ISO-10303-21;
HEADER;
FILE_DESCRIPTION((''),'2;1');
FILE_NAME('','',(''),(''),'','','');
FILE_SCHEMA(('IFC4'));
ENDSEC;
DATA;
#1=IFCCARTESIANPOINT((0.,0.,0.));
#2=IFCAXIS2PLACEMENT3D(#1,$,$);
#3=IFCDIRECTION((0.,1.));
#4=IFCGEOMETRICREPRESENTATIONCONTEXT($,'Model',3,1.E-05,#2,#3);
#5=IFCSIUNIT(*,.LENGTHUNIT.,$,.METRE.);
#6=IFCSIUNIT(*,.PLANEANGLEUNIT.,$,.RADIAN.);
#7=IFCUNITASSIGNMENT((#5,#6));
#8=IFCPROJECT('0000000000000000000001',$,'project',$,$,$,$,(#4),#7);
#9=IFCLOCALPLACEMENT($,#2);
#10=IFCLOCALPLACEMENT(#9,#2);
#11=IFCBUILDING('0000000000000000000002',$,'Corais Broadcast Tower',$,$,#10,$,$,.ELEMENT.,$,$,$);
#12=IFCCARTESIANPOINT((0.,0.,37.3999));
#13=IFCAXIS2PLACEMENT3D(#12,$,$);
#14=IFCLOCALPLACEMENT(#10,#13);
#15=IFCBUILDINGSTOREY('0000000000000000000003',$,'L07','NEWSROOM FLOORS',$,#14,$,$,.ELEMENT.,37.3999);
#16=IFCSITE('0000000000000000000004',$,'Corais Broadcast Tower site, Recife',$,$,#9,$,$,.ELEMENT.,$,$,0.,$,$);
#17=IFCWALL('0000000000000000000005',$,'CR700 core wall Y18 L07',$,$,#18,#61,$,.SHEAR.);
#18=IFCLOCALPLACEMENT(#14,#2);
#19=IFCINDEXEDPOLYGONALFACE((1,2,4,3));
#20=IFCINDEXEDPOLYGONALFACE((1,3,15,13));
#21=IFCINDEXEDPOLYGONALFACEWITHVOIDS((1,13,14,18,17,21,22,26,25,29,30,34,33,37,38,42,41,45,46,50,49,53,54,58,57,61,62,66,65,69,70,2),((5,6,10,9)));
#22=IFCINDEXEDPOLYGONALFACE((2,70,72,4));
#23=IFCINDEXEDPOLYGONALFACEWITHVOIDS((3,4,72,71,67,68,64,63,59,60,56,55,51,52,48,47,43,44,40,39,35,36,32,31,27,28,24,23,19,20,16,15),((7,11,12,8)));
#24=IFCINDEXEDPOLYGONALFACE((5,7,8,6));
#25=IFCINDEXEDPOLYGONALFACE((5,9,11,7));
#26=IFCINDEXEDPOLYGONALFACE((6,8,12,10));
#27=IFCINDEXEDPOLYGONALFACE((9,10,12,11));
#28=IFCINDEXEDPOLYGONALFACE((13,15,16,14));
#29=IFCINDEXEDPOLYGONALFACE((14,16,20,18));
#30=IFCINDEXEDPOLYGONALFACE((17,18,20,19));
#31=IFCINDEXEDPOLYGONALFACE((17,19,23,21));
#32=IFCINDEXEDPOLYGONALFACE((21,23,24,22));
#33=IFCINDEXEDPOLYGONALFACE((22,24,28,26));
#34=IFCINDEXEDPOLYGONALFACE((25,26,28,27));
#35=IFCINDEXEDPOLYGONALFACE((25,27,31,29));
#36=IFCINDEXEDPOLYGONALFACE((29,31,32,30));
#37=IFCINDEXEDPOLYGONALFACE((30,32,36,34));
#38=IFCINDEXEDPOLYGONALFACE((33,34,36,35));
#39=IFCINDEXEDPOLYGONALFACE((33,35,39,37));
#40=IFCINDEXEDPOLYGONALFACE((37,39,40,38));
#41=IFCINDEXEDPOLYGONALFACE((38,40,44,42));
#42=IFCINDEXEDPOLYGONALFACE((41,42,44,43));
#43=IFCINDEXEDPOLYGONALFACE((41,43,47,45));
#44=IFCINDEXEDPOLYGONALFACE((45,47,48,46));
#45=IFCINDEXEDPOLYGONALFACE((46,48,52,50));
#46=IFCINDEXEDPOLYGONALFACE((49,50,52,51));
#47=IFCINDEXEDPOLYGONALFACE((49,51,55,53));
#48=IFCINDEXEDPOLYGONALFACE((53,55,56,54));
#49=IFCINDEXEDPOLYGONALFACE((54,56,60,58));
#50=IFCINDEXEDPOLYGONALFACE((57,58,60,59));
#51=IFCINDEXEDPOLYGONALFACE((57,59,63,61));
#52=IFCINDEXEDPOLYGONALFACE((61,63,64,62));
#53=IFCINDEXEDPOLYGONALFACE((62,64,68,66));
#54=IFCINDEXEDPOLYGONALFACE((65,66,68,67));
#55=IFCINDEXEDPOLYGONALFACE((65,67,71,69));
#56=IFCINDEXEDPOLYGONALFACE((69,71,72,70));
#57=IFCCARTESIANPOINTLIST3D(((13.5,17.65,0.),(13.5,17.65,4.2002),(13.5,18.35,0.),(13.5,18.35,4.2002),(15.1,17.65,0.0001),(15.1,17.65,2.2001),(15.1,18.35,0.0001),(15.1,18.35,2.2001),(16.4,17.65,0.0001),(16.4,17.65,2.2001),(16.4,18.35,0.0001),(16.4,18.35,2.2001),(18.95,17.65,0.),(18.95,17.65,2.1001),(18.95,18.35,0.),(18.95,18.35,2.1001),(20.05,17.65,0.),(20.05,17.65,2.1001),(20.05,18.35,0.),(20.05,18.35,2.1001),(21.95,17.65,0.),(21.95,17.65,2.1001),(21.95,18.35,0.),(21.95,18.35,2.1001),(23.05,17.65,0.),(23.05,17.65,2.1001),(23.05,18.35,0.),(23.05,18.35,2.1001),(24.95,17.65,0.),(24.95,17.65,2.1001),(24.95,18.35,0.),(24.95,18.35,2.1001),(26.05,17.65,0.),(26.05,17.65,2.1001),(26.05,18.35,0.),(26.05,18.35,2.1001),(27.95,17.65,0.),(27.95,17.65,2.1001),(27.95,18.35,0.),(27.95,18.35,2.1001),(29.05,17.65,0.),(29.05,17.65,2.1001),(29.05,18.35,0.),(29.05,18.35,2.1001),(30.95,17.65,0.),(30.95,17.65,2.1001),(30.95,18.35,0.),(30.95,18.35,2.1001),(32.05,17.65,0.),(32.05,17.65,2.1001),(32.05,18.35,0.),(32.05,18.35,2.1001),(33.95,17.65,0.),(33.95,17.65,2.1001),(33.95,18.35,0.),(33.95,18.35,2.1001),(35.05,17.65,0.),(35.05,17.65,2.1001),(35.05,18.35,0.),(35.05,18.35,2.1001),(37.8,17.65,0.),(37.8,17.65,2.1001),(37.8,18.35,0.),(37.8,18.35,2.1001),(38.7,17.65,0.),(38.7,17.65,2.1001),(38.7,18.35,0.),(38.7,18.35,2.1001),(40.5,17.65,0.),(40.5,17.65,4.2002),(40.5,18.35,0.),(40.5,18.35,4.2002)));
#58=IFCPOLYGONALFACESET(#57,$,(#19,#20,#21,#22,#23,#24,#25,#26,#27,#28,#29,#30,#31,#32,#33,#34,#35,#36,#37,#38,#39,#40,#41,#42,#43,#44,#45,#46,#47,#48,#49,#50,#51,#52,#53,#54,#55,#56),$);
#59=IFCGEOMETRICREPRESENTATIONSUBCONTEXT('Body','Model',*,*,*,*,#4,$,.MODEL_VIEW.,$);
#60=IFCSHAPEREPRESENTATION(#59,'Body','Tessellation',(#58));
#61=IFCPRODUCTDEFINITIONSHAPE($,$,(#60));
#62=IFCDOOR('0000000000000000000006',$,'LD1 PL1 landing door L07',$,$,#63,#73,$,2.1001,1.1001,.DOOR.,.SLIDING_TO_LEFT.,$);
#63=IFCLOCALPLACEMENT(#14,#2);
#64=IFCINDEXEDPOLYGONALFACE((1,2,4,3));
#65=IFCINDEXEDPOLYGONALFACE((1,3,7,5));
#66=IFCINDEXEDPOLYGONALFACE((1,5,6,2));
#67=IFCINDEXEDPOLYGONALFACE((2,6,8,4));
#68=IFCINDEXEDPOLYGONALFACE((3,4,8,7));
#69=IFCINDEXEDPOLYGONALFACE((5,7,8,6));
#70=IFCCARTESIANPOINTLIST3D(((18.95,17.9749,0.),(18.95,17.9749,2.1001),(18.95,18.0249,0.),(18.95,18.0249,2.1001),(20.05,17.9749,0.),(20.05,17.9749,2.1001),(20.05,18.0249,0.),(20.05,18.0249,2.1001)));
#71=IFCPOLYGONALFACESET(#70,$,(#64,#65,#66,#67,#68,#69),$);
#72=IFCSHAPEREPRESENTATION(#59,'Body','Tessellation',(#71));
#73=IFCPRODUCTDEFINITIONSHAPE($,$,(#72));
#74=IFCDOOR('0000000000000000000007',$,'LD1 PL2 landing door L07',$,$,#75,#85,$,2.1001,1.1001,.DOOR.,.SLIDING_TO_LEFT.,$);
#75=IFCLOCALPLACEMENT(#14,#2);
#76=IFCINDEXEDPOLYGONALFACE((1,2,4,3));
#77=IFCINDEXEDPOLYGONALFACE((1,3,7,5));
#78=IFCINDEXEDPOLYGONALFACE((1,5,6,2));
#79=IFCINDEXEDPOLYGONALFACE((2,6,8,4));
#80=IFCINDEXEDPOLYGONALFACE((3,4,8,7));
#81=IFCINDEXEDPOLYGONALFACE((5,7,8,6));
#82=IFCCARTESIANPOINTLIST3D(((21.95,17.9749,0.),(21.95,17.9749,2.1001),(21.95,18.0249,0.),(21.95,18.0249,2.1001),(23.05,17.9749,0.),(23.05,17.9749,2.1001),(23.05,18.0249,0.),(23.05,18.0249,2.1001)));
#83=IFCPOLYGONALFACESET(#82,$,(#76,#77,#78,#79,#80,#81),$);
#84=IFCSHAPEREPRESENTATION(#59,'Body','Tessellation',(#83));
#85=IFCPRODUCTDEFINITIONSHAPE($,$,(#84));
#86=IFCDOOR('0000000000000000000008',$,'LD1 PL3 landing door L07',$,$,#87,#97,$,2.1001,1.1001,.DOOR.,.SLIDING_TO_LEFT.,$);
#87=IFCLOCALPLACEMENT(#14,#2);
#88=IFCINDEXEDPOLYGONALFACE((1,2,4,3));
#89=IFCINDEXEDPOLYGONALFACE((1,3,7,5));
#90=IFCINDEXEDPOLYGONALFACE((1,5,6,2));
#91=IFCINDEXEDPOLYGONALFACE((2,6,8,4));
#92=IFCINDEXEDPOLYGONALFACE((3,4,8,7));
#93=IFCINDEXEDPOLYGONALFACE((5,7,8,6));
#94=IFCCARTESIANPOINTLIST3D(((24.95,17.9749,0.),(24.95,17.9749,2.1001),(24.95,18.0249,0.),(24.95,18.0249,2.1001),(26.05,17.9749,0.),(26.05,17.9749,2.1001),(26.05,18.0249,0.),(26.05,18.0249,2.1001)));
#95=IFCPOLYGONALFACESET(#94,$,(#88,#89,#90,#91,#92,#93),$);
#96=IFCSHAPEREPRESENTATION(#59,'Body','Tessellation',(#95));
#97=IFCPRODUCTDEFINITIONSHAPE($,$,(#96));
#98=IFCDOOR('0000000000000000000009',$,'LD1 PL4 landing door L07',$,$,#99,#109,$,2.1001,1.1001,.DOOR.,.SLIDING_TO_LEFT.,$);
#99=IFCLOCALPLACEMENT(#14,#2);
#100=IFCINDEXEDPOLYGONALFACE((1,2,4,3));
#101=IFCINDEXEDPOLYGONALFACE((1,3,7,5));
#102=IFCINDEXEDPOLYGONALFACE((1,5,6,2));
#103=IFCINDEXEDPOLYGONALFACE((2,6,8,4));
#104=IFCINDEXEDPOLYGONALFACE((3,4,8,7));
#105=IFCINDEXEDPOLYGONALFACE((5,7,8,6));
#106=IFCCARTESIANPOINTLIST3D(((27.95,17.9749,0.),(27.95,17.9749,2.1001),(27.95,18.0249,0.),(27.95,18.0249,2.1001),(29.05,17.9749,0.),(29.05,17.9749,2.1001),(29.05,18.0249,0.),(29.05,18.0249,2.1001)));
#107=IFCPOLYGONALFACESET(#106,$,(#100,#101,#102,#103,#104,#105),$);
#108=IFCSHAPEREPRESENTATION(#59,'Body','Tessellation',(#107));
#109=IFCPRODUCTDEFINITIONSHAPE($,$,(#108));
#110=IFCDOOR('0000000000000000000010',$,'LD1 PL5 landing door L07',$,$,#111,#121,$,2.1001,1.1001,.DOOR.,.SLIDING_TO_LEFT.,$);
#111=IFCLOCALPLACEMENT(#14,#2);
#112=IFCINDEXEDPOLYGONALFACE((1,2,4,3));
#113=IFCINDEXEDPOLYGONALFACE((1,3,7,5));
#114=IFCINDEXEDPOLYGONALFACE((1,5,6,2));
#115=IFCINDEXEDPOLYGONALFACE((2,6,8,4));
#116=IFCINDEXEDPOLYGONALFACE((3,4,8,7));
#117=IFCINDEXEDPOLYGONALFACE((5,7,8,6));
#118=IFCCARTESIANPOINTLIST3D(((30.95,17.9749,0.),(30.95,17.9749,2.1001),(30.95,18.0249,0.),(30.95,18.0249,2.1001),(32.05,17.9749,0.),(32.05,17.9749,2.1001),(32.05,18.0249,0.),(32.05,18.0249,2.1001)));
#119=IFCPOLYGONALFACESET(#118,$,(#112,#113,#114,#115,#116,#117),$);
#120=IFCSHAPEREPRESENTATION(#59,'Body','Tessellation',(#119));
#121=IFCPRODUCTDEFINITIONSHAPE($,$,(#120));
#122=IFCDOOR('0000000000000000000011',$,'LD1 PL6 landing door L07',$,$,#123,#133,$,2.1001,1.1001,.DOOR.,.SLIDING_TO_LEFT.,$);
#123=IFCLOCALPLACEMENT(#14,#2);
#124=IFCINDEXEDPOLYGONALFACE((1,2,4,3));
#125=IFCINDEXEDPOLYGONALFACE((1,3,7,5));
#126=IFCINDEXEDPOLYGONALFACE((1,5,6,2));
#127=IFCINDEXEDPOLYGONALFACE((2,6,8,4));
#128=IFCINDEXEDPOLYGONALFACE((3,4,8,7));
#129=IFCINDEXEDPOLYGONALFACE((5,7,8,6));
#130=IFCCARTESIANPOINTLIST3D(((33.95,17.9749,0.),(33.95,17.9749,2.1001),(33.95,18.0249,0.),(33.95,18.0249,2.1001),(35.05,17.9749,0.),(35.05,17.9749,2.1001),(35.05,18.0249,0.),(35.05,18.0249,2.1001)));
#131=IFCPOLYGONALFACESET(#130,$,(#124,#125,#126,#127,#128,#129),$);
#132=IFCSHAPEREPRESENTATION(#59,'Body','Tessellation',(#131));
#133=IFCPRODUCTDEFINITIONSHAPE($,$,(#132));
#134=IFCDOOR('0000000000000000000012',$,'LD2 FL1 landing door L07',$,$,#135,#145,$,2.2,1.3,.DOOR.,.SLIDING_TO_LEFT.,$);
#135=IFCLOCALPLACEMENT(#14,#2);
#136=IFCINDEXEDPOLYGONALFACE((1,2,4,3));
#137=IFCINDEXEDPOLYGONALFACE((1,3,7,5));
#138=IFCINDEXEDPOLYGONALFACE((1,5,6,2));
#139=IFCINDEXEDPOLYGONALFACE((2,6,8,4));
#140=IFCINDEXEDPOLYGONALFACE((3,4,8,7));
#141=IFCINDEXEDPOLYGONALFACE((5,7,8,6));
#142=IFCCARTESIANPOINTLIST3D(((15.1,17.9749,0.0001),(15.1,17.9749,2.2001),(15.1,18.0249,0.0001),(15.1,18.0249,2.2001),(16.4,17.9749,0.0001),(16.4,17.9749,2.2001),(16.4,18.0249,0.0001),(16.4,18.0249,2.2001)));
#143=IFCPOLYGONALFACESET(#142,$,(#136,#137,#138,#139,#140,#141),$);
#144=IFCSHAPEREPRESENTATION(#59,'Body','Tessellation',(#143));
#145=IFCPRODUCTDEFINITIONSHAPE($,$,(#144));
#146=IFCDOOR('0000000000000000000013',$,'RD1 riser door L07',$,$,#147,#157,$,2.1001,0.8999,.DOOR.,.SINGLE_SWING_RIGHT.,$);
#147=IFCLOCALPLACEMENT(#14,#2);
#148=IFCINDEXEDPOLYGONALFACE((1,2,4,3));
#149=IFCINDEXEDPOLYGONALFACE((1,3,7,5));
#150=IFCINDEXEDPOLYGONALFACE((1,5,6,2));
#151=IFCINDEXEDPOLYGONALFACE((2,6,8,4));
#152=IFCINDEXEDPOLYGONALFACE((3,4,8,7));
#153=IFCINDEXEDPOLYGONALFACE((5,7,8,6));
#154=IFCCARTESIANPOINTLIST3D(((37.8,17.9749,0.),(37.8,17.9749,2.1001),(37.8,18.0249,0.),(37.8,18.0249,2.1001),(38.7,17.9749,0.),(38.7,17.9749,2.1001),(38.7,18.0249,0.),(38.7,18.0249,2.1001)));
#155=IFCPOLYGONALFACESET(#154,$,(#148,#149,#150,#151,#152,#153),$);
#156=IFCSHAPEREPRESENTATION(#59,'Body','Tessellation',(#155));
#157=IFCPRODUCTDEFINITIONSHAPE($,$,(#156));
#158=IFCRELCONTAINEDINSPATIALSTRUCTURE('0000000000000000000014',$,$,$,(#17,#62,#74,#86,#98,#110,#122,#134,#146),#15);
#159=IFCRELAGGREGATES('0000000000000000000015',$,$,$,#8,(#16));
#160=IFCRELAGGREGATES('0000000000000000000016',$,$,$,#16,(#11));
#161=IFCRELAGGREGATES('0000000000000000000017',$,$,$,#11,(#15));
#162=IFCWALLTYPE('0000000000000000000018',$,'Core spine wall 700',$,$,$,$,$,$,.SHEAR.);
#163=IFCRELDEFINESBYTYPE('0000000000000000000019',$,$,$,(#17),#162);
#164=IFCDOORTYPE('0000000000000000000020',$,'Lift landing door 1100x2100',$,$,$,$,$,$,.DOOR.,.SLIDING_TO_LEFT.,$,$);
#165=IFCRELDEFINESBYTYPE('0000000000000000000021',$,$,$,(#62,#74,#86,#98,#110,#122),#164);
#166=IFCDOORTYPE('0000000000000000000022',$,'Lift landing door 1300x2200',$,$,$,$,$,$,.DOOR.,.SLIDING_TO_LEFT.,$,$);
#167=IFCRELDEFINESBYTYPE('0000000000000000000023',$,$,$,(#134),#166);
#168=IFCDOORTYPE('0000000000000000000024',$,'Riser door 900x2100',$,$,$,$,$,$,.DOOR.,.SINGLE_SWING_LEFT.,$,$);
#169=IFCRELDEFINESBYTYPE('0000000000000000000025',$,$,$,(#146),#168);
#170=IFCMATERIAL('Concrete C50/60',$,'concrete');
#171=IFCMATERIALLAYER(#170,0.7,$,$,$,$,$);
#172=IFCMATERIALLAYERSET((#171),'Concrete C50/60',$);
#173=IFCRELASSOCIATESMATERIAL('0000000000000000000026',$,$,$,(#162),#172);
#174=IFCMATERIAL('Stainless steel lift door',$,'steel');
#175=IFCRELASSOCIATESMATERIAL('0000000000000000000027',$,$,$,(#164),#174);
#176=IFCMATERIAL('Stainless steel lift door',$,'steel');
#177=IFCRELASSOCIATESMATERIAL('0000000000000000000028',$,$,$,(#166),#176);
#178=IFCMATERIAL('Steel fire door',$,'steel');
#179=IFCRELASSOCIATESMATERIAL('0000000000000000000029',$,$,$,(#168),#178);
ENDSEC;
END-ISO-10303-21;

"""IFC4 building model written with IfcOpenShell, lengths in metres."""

from ifc_helpers import new_model, si_unit, direction, frame, frame_2d, origin, place, context, subcontext, project, spatial, rectangle, extrude, material, layer, layer_set, type_object, element, fill, save


model = new_model("IFC4")

# Units and contexts
model_context = context("Model", 3, precision=1e-05, world=origin(), true_north=direction((0.0, 1.0)))
body_context = subcontext(model_context, "Body", "Model", "MODEL_VIEW")
ifc_project = project(units=[si_unit("LENGTHUNIT", "METRE"), si_unit("PLANEANGLEUNIT", "RADIAN")], contexts=[model_context])

# Site, building, storey
site_placement = place(None, origin())
site = spatial("IfcSite", under=ifc_project, at=site_placement, Name="Corais Broadcast Tower site, Recife", CompositionType="ELEMENT", RefElevation=0.0)
building_placement = place(site_placement, origin())
building = spatial("IfcBuilding", under=site, at=building_placement, Name="Corais Broadcast Tower", CompositionType="ELEMENT")
storey_placement = place(building_placement, frame((0.0, 0.0, 37.3999)))
storey = spatial("IfcBuildingStorey", under=building, at=storey_placement, Name="L07", Description="NEWSROOM FLOORS", CompositionType="ELEMENT", Elevation=37.3999)

# Shared definitions
ifc_material_1 = material(Name="Concrete C50/60", Category="concrete")
ifc_layer_1 = layer(ifc_material_1, 0.7)
ifc_layer_set_1 = layer_set([ifc_layer_1], Name="Concrete C50/60")
wall_type_1 = type_object("IfcWallType", Name="Core spine wall 700", PredefinedType="SHEAR", material=ifc_layer_set_1)

# Wall, openings, doors
wall_1_placement = place(storey_placement, frame((13.5, 18.0, 0.0), z_axis=(0.0, 0.0, 1.0), x_axis=(1.0, 0.0, 0.0)))
wall_1 = element("IfcWall", 1, at=wall_1_placement, inside=storey, type_object=wall_type_1, Name="CR700 core wall Y18 L07", PredefinedType="SHEAR", context=body_context, shape_type="SweptSolid", body=[
    extrude(rectangle(XDim=27.0, YDim=0.7, at=frame_2d((13.5, 0.0))), origin(), (0.0, 0.0, 1.0), 4.2002),
])
opening_1_placement = place(wall_1_placement, frame((24.3, 0.0, 0.0)))
opening_1 = element("IfcOpeningElement", 2, at=opening_1_placement, cuts=wall_1, PredefinedType="OPENING", context=body_context, shape_type="SweptSolid", body=[
    extrude(rectangle(XDim=0.8999, YDim=2.1001, at=frame_2d((0.45, 1.05))), frame((0.0, 0.3599, 0.0), z_axis=(0.0, -1.0, 0.0), x_axis=(1.0, 0.0, 0.0)), (0.0, 0.0, 1.0), 0.72),
])
opening_2_placement = place(wall_1_placement, frame((5.45, 0.0, 0.0)))
opening_2 = element("IfcOpeningElement", 3, at=opening_2_placement, cuts=wall_1, PredefinedType="OPENING", context=body_context, shape_type="SweptSolid", body=[
    extrude(rectangle(XDim=1.1001, YDim=2.1001, at=frame_2d((0.55, 1.05))), frame((0.0, 0.3599, 0.0), z_axis=(0.0, -1.0, 0.0), x_axis=(1.0, 0.0, 0.0)), (0.0, 0.0, 1.0), 0.72),
])
opening_3_placement = place(wall_1_placement, frame((8.45, 0.0, 0.0)))
opening_3 = element("IfcOpeningElement", 4, at=opening_3_placement, cuts=wall_1, PredefinedType="OPENING", context=body_context, shape_type="SweptSolid", body=[
    extrude(rectangle(XDim=1.1001, YDim=2.1001, at=frame_2d((0.55, 1.05))), frame((0.0, 0.3599, 0.0), z_axis=(0.0, -1.0, 0.0), x_axis=(1.0, 0.0, 0.0)), (0.0, 0.0, 1.0), 0.72),
])
opening_4_placement = place(wall_1_placement, frame((11.45, 0.0, 0.0)))
opening_4 = element("IfcOpeningElement", 5, at=opening_4_placement, cuts=wall_1, PredefinedType="OPENING", context=body_context, shape_type="SweptSolid", body=[
    extrude(rectangle(XDim=1.1001, YDim=2.1001, at=frame_2d((0.55, 1.05))), frame((0.0, 0.3599, 0.0), z_axis=(0.0, -1.0, 0.0), x_axis=(1.0, 0.0, 0.0)), (0.0, 0.0, 1.0), 0.72),
])
opening_5_placement = place(wall_1_placement, frame((14.45, 0.0, 0.0)))
opening_5 = element("IfcOpeningElement", 6, at=opening_5_placement, cuts=wall_1, PredefinedType="OPENING", context=body_context, shape_type="SweptSolid", body=[
    extrude(rectangle(XDim=1.1001, YDim=2.1001, at=frame_2d((0.55, 1.05))), frame((0.0, 0.3599, 0.0), z_axis=(0.0, -1.0, 0.0), x_axis=(1.0, 0.0, 0.0)), (0.0, 0.0, 1.0), 0.72),
])
opening_6_placement = place(wall_1_placement, frame((17.45, 0.0, 0.0)))
opening_6 = element("IfcOpeningElement", 7, at=opening_6_placement, cuts=wall_1, PredefinedType="OPENING", context=body_context, shape_type="SweptSolid", body=[
    extrude(rectangle(XDim=1.1001, YDim=2.1001, at=frame_2d((0.55, 1.05))), frame((0.0, 0.3599, 0.0), z_axis=(0.0, -1.0, 0.0), x_axis=(1.0, 0.0, 0.0)), (0.0, 0.0, 1.0), 0.72),
])
opening_7_placement = place(wall_1_placement, frame((20.45, 0.0, 0.0)))
opening_7 = element("IfcOpeningElement", 8, at=opening_7_placement, cuts=wall_1, PredefinedType="OPENING", context=body_context, shape_type="SweptSolid", body=[
    extrude(rectangle(XDim=1.1001, YDim=2.1001, at=frame_2d((0.55, 1.05))), frame((0.0, 0.3599, 0.0), z_axis=(0.0, -1.0, 0.0), x_axis=(1.0, 0.0, 0.0)), (0.0, 0.0, 1.0), 0.72),
])
opening_8_placement = place(wall_1_placement, frame((1.6001, 0.0, 0.0)))
opening_8 = element("IfcOpeningElement", 9, at=opening_8_placement, cuts=wall_1, PredefinedType="OPENING", context=body_context, shape_type="SweptSolid", body=[
    extrude(rectangle(XDim=1.3, YDim=2.2, at=frame_2d((0.6499, 1.1001))), frame((0.0, 0.3599, 0.0), z_axis=(0.0, -1.0, 0.0), x_axis=(1.0, 0.0, 0.0)), (0.0, 0.0, 1.0), 0.72),
])
ifc_material_2 = material(Name="Stainless steel lift door", Category="steel")
door_type_1 = type_object("IfcDoorType", Name="Lift landing door 1100x2100", OperationType="SLIDING_TO_LEFT", PredefinedType="DOOR", material=ifc_material_2)
door_1_placement = place(opening_2_placement, origin())
door_1 = element("IfcDoor", 10, at=door_1_placement, inside=storey, type_object=door_type_1, Name="LD1 PL1 landing door L07", OperationType="SLIDING_TO_LEFT", OverallHeight=2.1001, OverallWidth=1.1001, PredefinedType="DOOR", context=body_context, shape_type="SweptSolid", body=[
    extrude(rectangle(XDim=1.1001, YDim=2.1001, at=frame_2d((0.55, 1.05))), frame((0.0, 0.0249, 0.0), z_axis=(0.0, -1.0, 0.0), x_axis=(1.0, 0.0, 0.0)), (0.0, 0.0, 1.0), 0.05),
])
fill(opening_2, door_1)
door_2_placement = place(opening_3_placement, origin())
door_2 = element("IfcDoor", 11, at=door_2_placement, inside=storey, type_object=door_type_1, Name="LD1 PL2 landing door L07", OperationType="SLIDING_TO_LEFT", OverallHeight=2.1001, OverallWidth=1.1001, PredefinedType="DOOR", context=body_context, shape_type="SweptSolid", body=[
    extrude(rectangle(XDim=1.1001, YDim=2.1001, at=frame_2d((0.55, 1.05))), frame((0.0, 0.0249, 0.0), z_axis=(0.0, -1.0, 0.0), x_axis=(1.0, 0.0, 0.0)), (0.0, 0.0, 1.0), 0.05),
])
fill(opening_3, door_2)
door_3_placement = place(opening_4_placement, origin())
door_3 = element("IfcDoor", 12, at=door_3_placement, inside=storey, type_object=door_type_1, Name="LD1 PL3 landing door L07", OperationType="SLIDING_TO_LEFT", OverallHeight=2.1001, OverallWidth=1.1001, PredefinedType="DOOR", context=body_context, shape_type="SweptSolid", body=[
    extrude(rectangle(XDim=1.1001, YDim=2.1001, at=frame_2d((0.55, 1.05))), frame((0.0, 0.0249, 0.0), z_axis=(0.0, -1.0, 0.0), x_axis=(1.0, 0.0, 0.0)), (0.0, 0.0, 1.0), 0.05),
])
fill(opening_4, door_3)
door_4_placement = place(opening_5_placement, origin())
door_4 = element("IfcDoor", 13, at=door_4_placement, inside=storey, type_object=door_type_1, Name="LD1 PL4 landing door L07", OperationType="SLIDING_TO_LEFT", OverallHeight=2.1001, OverallWidth=1.1001, PredefinedType="DOOR", context=body_context, shape_type="SweptSolid", body=[
    extrude(rectangle(XDim=1.1001, YDim=2.1001, at=frame_2d((0.55, 1.05))), frame((0.0, 0.0249, 0.0), z_axis=(0.0, -1.0, 0.0), x_axis=(1.0, 0.0, 0.0)), (0.0, 0.0, 1.0), 0.05),
])
fill(opening_5, door_4)
door_5_placement = place(opening_6_placement, origin())
door_5 = element("IfcDoor", 14, at=door_5_placement, inside=storey, type_object=door_type_1, Name="LD1 PL5 landing door L07", OperationType="SLIDING_TO_LEFT", OverallHeight=2.1001, OverallWidth=1.1001, PredefinedType="DOOR", context=body_context, shape_type="SweptSolid", body=[
    extrude(rectangle(XDim=1.1001, YDim=2.1001, at=frame_2d((0.55, 1.05))), frame((0.0, 0.0249, 0.0), z_axis=(0.0, -1.0, 0.0), x_axis=(1.0, 0.0, 0.0)), (0.0, 0.0, 1.0), 0.05),
])
fill(opening_6, door_5)
door_6_placement = place(opening_7_placement, origin())
door_6 = element("IfcDoor", 15, at=door_6_placement, inside=storey, type_object=door_type_1, Name="LD1 PL6 landing door L07", OperationType="SLIDING_TO_LEFT", OverallHeight=2.1001, OverallWidth=1.1001, PredefinedType="DOOR", context=body_context, shape_type="SweptSolid", body=[
    extrude(rectangle(XDim=1.1001, YDim=2.1001, at=frame_2d((0.55, 1.05))), frame((0.0, 0.0249, 0.0), z_axis=(0.0, -1.0, 0.0), x_axis=(1.0, 0.0, 0.0)), (0.0, 0.0, 1.0), 0.05),
])
fill(opening_7, door_6)
ifc_material_3 = material(Name="Stainless steel lift door", Category="steel")
door_type_2 = type_object("IfcDoorType", Name="Lift landing door 1300x2200", OperationType="SLIDING_TO_LEFT", PredefinedType="DOOR", material=ifc_material_3)
door_7_placement = place(opening_8_placement, origin())
door_7 = element("IfcDoor", 16, at=door_7_placement, inside=storey, type_object=door_type_2, Name="LD2 FL1 landing door L07", OperationType="SLIDING_TO_LEFT", OverallHeight=2.2, OverallWidth=1.3, PredefinedType="DOOR", context=body_context, shape_type="SweptSolid", body=[
    extrude(rectangle(XDim=1.3, YDim=2.2, at=frame_2d((0.6499, 1.1001))), frame((0.0, 0.0249, 0.0), z_axis=(0.0, -1.0, 0.0), x_axis=(1.0, 0.0, 0.0)), (0.0, 0.0, 1.0), 0.05),
])
fill(opening_8, door_7)
ifc_material_4 = material(Name="Steel fire door", Category="steel")
door_type_3 = type_object("IfcDoorType", Name="Riser door 900x2100", OperationType="SINGLE_SWING_LEFT", PredefinedType="DOOR", material=ifc_material_4)
door_8_placement = place(opening_1_placement, origin())
door_8 = element("IfcDoor", 17, at=door_8_placement, inside=storey, type_object=door_type_3, Name="RD1 riser door L07", OperationType="SINGLE_SWING_RIGHT", OverallHeight=2.1001, OverallWidth=0.8999, PredefinedType="DOOR", context=body_context, shape_type="SweptSolid", body=[
    extrude(rectangle(XDim=0.8999, YDim=2.1001, at=frame_2d((0.45, 1.05))), frame((0.0, 0.0249, 0.0), z_axis=(0.0, -1.0, 0.0), x_axis=(1.0, 0.0, 0.0)), (0.0, 0.0, 1.0), 0.05),
])
fill(opening_1, door_8)

save(model, "model.ifc")
